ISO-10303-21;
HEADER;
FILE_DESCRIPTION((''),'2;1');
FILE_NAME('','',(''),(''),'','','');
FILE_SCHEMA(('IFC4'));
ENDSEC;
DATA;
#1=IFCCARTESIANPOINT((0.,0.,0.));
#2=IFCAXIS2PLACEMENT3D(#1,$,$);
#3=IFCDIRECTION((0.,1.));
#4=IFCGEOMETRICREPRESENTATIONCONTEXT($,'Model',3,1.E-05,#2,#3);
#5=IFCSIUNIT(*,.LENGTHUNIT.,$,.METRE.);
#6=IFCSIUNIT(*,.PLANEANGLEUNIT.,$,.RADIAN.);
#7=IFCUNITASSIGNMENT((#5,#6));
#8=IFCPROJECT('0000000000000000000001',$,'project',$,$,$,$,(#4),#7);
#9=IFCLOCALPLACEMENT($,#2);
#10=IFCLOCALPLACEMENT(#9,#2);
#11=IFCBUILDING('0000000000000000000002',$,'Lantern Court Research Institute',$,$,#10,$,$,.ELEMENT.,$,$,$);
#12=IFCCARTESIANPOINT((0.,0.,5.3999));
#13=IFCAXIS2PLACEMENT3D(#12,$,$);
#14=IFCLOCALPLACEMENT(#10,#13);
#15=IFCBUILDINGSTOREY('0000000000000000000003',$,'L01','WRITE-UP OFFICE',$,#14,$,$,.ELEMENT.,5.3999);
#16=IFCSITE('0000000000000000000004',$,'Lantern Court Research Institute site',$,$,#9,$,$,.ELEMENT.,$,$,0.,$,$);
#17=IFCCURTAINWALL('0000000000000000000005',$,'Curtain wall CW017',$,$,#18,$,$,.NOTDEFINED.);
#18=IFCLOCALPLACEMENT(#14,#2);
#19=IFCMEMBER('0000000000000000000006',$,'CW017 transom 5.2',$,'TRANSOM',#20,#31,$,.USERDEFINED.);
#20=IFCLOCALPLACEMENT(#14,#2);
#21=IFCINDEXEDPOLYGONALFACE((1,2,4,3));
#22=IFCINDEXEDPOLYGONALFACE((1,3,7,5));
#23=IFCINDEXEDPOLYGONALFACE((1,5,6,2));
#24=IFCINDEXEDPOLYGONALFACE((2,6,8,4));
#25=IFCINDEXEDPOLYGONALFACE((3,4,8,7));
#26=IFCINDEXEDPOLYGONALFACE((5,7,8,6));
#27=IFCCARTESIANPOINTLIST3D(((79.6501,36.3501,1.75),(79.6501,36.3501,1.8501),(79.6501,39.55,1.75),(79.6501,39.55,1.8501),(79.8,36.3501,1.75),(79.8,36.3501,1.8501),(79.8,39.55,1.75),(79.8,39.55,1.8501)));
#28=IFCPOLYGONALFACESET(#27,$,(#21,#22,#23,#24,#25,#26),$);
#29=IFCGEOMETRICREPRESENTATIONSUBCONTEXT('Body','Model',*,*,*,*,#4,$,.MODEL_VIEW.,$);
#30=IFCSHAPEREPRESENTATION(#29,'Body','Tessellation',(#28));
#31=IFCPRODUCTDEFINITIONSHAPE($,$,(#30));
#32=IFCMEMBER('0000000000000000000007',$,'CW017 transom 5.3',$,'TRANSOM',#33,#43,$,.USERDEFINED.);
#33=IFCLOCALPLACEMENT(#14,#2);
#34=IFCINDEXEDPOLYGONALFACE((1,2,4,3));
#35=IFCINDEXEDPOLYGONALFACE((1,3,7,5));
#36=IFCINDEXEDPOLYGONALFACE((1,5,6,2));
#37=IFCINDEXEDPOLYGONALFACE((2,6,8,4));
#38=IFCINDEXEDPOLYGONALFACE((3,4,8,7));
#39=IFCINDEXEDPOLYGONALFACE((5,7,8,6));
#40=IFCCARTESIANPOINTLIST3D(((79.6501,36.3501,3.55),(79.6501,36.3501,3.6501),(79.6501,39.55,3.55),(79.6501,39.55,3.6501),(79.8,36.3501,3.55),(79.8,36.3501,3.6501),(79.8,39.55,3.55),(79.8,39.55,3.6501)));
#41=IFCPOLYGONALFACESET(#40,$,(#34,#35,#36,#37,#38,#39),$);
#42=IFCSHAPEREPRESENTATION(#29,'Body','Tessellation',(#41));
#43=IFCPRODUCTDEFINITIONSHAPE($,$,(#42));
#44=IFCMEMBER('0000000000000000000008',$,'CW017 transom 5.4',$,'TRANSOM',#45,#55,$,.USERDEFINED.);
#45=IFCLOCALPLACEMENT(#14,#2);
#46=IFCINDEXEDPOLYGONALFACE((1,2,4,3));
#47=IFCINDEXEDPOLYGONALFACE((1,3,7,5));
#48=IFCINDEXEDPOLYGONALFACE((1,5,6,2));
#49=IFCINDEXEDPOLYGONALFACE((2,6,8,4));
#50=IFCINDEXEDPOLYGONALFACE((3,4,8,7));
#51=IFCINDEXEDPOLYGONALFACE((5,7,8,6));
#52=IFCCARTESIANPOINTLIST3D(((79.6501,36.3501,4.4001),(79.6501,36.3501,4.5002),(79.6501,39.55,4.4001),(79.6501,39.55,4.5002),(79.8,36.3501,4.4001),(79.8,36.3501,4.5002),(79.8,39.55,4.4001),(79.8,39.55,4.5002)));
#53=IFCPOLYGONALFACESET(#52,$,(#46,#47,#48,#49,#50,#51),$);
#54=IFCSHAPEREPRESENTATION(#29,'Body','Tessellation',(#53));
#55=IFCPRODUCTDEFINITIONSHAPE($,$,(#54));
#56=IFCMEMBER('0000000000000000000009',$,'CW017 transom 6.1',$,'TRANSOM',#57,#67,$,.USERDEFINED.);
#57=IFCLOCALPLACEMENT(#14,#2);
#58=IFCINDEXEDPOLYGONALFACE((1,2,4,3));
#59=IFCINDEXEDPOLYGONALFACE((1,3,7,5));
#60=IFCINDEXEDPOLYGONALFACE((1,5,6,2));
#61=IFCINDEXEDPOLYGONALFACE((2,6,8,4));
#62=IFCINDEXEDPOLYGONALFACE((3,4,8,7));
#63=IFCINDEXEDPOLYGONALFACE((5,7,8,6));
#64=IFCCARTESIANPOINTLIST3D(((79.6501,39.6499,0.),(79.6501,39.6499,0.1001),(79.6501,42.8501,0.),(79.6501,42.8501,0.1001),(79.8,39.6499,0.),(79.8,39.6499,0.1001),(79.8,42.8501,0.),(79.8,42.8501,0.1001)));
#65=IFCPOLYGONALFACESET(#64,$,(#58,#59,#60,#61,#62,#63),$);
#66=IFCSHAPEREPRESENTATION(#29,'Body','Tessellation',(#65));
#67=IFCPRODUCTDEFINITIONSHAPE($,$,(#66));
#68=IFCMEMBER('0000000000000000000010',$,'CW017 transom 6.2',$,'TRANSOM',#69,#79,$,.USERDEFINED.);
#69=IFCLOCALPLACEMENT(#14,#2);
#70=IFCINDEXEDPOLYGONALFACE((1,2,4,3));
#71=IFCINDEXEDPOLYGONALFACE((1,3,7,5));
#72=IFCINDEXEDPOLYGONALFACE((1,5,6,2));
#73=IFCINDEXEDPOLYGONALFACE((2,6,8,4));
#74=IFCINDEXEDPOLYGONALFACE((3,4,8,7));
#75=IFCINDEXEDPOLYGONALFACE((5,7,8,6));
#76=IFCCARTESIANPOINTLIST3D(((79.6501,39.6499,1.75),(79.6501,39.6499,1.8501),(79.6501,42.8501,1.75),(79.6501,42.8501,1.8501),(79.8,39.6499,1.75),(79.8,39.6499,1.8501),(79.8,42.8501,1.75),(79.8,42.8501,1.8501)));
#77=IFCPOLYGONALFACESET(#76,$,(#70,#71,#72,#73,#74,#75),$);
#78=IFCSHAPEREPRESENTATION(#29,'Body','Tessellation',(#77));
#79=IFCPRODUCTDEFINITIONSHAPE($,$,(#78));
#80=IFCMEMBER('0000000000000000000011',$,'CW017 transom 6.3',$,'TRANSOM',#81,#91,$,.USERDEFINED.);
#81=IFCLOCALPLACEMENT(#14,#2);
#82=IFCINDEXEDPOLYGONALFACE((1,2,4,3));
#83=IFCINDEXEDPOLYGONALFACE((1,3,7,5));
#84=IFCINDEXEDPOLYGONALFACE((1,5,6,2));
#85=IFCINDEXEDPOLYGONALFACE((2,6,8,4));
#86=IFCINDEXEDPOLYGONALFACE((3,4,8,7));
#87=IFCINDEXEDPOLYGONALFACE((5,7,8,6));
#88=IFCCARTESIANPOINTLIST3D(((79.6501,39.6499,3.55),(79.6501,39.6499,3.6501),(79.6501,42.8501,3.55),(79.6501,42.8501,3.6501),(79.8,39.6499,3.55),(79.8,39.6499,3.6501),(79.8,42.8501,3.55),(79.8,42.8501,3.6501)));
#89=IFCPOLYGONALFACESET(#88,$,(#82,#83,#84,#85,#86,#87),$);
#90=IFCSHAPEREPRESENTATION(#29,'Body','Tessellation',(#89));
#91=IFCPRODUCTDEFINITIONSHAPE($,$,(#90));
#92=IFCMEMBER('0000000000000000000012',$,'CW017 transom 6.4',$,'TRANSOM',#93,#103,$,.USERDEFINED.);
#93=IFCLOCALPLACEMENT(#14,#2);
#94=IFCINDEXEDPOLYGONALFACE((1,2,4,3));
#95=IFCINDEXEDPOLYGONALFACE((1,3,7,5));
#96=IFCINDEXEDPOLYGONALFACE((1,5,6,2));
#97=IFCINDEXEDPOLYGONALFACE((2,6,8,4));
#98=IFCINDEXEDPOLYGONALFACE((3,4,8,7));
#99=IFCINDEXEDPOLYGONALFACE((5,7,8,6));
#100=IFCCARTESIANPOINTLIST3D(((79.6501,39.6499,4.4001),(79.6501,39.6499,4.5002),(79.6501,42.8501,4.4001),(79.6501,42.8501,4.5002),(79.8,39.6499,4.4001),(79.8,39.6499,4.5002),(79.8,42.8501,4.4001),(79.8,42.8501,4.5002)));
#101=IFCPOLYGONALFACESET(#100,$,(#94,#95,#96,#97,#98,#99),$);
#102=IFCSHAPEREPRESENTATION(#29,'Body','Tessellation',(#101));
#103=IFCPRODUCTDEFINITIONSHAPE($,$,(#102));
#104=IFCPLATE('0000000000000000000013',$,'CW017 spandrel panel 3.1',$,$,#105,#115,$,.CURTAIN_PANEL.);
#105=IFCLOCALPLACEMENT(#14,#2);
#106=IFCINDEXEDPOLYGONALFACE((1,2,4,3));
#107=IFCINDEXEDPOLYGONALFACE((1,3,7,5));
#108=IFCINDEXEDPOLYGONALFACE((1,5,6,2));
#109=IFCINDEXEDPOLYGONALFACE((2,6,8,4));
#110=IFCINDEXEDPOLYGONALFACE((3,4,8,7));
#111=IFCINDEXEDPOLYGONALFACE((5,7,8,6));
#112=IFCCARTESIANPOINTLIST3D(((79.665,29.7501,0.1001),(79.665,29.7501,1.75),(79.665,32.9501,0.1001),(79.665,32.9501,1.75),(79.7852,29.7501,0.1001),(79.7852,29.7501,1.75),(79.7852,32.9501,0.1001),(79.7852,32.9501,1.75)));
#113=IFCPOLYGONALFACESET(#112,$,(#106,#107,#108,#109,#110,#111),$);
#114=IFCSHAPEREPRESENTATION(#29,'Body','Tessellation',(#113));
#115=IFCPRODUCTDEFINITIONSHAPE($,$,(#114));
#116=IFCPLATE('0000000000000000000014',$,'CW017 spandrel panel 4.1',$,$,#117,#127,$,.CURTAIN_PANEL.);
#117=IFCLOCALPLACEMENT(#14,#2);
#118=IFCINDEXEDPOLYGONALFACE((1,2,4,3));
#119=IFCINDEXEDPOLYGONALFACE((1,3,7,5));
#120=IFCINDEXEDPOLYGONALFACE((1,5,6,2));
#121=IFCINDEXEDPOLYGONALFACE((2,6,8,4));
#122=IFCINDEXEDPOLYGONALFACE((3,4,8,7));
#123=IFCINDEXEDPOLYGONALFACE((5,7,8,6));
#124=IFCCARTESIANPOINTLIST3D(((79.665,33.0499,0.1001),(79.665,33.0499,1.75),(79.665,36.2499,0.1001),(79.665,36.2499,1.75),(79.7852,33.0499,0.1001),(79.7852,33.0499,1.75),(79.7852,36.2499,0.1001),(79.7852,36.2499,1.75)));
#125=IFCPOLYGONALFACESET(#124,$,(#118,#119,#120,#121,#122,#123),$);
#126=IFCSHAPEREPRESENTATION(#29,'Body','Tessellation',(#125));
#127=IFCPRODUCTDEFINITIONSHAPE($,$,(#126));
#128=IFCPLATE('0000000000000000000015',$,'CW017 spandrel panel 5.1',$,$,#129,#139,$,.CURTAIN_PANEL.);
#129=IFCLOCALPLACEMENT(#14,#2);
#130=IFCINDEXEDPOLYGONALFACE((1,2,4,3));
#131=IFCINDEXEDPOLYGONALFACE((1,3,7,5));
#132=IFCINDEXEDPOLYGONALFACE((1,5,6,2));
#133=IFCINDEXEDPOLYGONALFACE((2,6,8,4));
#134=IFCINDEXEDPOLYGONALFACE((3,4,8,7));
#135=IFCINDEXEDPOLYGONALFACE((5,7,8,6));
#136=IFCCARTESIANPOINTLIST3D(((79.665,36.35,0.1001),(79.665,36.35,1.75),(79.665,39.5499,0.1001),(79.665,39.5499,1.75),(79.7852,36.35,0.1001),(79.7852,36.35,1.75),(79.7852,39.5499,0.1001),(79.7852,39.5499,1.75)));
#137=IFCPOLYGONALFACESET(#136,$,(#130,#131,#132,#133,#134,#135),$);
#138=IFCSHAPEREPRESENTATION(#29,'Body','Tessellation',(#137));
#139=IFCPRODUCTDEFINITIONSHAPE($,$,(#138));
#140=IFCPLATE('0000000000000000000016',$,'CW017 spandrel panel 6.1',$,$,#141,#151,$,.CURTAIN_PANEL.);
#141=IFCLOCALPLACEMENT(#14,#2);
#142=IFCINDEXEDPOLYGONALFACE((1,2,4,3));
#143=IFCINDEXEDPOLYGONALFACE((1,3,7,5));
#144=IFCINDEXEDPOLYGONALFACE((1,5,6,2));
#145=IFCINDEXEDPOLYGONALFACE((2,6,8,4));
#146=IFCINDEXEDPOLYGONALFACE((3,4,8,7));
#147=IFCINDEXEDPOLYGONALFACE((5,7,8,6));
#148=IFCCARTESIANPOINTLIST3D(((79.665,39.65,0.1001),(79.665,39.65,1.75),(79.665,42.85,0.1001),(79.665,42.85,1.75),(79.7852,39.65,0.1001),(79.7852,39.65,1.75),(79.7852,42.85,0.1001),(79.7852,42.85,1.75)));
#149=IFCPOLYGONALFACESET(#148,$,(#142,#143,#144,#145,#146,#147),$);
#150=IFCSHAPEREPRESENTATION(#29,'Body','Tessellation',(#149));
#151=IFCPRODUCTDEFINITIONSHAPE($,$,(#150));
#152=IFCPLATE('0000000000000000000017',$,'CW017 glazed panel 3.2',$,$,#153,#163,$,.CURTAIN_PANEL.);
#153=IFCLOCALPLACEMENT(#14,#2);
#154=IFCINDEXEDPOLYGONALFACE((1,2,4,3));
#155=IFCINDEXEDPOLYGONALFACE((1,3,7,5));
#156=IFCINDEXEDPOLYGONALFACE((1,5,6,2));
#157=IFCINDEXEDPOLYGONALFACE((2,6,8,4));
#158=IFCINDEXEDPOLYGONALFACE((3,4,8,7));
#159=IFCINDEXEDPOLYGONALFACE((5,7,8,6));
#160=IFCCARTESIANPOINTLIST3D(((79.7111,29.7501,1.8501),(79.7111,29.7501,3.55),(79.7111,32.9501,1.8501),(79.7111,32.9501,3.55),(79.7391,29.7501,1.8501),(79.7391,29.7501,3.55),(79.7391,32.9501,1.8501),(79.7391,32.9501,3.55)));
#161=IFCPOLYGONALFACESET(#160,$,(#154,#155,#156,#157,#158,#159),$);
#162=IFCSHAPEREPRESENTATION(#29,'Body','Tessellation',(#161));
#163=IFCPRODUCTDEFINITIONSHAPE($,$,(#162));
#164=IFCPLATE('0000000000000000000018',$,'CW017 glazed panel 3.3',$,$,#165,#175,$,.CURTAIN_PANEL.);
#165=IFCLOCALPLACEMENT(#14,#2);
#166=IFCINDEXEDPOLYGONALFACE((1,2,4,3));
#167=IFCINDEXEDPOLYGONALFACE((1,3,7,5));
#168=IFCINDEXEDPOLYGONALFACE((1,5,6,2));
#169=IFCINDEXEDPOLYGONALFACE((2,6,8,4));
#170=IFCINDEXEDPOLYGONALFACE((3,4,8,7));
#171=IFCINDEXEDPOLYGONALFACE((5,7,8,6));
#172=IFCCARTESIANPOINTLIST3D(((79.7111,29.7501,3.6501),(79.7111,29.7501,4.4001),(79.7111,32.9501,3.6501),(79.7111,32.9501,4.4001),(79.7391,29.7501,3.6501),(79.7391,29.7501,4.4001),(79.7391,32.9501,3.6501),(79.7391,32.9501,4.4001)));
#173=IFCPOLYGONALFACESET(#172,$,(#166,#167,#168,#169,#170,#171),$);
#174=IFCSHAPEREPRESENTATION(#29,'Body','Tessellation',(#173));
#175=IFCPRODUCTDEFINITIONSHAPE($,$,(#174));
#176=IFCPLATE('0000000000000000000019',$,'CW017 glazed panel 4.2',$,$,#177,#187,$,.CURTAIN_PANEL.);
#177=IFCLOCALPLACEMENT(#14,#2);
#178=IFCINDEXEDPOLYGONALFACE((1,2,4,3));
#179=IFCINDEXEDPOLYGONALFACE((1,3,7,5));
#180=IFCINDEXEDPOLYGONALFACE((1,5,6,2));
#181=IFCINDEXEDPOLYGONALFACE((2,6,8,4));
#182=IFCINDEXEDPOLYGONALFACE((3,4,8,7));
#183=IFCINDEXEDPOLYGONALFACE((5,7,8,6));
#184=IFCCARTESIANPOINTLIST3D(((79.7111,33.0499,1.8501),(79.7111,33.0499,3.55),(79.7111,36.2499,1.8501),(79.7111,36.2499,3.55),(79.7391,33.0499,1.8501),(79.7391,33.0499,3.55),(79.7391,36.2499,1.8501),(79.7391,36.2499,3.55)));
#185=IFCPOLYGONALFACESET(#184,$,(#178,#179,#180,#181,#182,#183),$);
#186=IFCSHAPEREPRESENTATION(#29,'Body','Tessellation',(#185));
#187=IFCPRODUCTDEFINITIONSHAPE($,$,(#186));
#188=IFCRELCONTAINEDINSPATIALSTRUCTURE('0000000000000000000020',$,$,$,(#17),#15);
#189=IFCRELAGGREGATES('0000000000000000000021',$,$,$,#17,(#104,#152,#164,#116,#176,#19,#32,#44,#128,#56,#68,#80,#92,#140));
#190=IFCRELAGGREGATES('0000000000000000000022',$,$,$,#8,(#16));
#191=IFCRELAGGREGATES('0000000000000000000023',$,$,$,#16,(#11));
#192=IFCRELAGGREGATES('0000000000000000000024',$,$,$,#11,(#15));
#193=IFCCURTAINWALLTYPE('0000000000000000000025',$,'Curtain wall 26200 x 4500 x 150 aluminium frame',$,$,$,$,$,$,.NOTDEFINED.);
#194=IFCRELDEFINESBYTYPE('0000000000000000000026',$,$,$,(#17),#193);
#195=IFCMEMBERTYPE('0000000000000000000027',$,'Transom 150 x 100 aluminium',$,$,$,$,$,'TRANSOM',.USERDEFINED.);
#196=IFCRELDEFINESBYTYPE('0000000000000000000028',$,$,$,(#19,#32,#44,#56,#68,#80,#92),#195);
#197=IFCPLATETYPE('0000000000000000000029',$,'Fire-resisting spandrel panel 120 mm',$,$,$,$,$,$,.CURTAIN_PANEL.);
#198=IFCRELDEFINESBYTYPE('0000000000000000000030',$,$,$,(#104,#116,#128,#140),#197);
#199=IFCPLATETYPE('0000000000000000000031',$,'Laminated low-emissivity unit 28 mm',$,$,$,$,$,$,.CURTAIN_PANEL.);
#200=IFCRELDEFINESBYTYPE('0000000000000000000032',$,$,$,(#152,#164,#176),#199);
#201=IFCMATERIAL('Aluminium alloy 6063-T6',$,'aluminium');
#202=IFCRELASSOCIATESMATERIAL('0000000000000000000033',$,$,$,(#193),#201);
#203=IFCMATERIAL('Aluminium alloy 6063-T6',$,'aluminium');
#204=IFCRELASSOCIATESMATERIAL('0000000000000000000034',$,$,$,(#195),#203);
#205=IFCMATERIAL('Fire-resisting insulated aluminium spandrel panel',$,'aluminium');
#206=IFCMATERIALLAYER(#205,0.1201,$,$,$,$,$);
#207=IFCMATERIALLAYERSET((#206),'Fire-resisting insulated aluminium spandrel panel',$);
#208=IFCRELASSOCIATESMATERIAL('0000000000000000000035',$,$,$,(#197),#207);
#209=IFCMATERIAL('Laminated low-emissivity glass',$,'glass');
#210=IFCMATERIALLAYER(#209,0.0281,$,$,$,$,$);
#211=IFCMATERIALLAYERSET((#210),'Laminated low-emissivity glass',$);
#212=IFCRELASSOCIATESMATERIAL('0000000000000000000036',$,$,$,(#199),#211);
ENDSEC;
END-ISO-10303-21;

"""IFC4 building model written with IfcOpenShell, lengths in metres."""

from ifc_helpers import new_model, si_unit, direction, frame, origin, origin_2d, place, context, subcontext, project, spatial, rectangle, extrude, material, layer, layer_set, material_profile, profile_set, type_object, element, aggregate, save


model = new_model("IFC4")

# Units and contexts
model_context = context("Model", 3, precision=1e-05, world=origin(), true_north=direction((0.0, 1.0)))
body_context = subcontext(model_context, "Body", "Model", "MODEL_VIEW")
ifc_project = project(units=[si_unit("LENGTHUNIT", "METRE"), si_unit("PLANEANGLEUNIT", "RADIAN")], contexts=[model_context])

# Site, building, storey
site_placement = place(None, origin())
site = spatial("IfcSite", under=ifc_project, at=site_placement, Name="Lantern Court Research Institute site", CompositionType="ELEMENT", RefElevation=0.0)
building_placement = place(site_placement, origin())
building = spatial("IfcBuilding", under=site, at=building_placement, Name="Lantern Court Research Institute", CompositionType="ELEMENT")
storey_placement = place(building_placement, frame((0.0, 0.0, 5.3999)))
storey = spatial("IfcBuildingStorey", under=building, at=storey_placement, Name="L01", Description="WRITE-UP OFFICE", CompositionType="ELEMENT", Elevation=5.3999)

# Curtain wall, members, plates
ifc_material_1 = material(Name="Aluminium alloy 6063-T6", Category="aluminium")
curtain_wall_type = type_object("IfcCurtainWallType", Name="Curtain wall 26200 x 4500 x 150 aluminium frame", PredefinedType="NOTDEFINED", material=ifc_material_1)
curtain_wall_placement = place(storey_placement, origin())
curtain_wall = element("IfcCurtainWall", 1, at=curtain_wall_placement, inside=storey, type_object=curtain_wall_type, Name="Curtain wall CW017", PredefinedType="NOTDEFINED")
ifc_material_2 = material(Name="Aluminium alloy 6063-T6", Category="aluminium")
ifc_material_profile_1 = material_profile(ifc_material_2, rectangle(XDim=0.1499, YDim=0.1001, at=origin_2d()), Name="Transom 150 x 100")
ifc_profile_set_1 = profile_set([ifc_material_profile_1], Name="Aluminium alloy 6063-T6")
member_type_1 = type_object("IfcMemberType", Name="Transom 150 x 100 aluminium", ElementType="TRANSOM", PredefinedType="USERDEFINED", material=ifc_profile_set_1)
member_1_placement = place(storey_placement, frame((79.7251, 39.55, 1.8), z_axis=(0.0, -1.0, 0.0), x_axis=(1.0, 0.0, 0.0)))
member_1 = element("IfcMember", 2, at=member_1_placement, type_object=member_type_1, Name="CW017 transom 5.2", ObjectType="TRANSOM", PredefinedType="USERDEFINED", context=body_context, shape_type="SweptSolid", body=[
    extrude(rectangle(XDim=0.1499, YDim=0.1001, at=origin_2d()), origin(), (0.0, 0.0, 1.0), 3.2),
])
member_2_placement = place(storey_placement, frame((79.7251, 39.55, 3.6001), z_axis=(0.0, -1.0, 0.0), x_axis=(1.0, 0.0, 0.0)))
member_2 = element("IfcMember", 3, at=member_2_placement, type_object=member_type_1, Name="CW017 transom 5.3", ObjectType="TRANSOM", PredefinedType="USERDEFINED", context=body_context, shape_type="SweptSolid", body=[
    extrude(rectangle(XDim=0.1499, YDim=0.1001, at=origin_2d()), origin(), (0.0, 0.0, 1.0), 3.2),
])
member_3_placement = place(storey_placement, frame((79.7251, 39.55, 4.4502), z_axis=(0.0, -1.0, 0.0), x_axis=(1.0, 0.0, 0.0)))
member_3 = element("IfcMember", 4, at=member_3_placement, type_object=member_type_1, Name="CW017 transom 5.4", ObjectType="TRANSOM", PredefinedType="USERDEFINED", context=body_context, shape_type="SweptSolid", body=[
    extrude(rectangle(XDim=0.1499, YDim=0.1001, at=origin_2d()), origin(), (0.0, 0.0, 1.0), 3.2),
])
member_4_placement = place(storey_placement, frame((79.7251, 42.8501, 0.05), z_axis=(0.0, -1.0, 0.0), x_axis=(1.0, 0.0, 0.0)))
member_4 = element("IfcMember", 5, at=member_4_placement, type_object=member_type_1, Name="CW017 transom 6.1", ObjectType="TRANSOM", PredefinedType="USERDEFINED", context=body_context, shape_type="SweptSolid", body=[
    extrude(rectangle(XDim=0.1499, YDim=0.1001, at=origin_2d()), origin(), (0.0, 0.0, 1.0), 3.2002),
])
member_5_placement = place(storey_placement, frame((79.7251, 42.8501, 1.8), z_axis=(0.0, -1.0, 0.0), x_axis=(1.0, 0.0, 0.0)))
member_5 = element("IfcMember", 6, at=member_5_placement, type_object=member_type_1, Name="CW017 transom 6.2", ObjectType="TRANSOM", PredefinedType="USERDEFINED", context=body_context, shape_type="SweptSolid", body=[
    extrude(rectangle(XDim=0.1499, YDim=0.1001, at=origin_2d()), origin(), (0.0, 0.0, 1.0), 3.2002),
])
member_6_placement = place(storey_placement, frame((79.7251, 42.8501, 3.6001), z_axis=(0.0, -1.0, 0.0), x_axis=(1.0, 0.0, 0.0)))
member_6 = element("IfcMember", 7, at=member_6_placement, type_object=member_type_1, Name="CW017 transom 6.3", ObjectType="TRANSOM", PredefinedType="USERDEFINED", context=body_context, shape_type="SweptSolid", body=[
    extrude(rectangle(XDim=0.1499, YDim=0.1001, at=origin_2d()), origin(), (0.0, 0.0, 1.0), 3.2002),
])
member_7_placement = place(storey_placement, frame((79.7251, 42.8501, 4.4502), z_axis=(0.0, -1.0, 0.0), x_axis=(1.0, 0.0, 0.0)))
member_7 = element("IfcMember", 8, at=member_7_placement, type_object=member_type_1, Name="CW017 transom 6.4", ObjectType="TRANSOM", PredefinedType="USERDEFINED", context=body_context, shape_type="SweptSolid", body=[
    extrude(rectangle(XDim=0.1499, YDim=0.1001, at=origin_2d()), origin(), (0.0, 0.0, 1.0), 3.2002),
])
ifc_material_3 = material(Name="Fire-resisting insulated aluminium spandrel panel", Category="aluminium")
ifc_layer_1 = layer(ifc_material_3, 0.1201)
ifc_layer_set_1 = layer_set([ifc_layer_1], Name="Fire-resisting insulated aluminium spandrel panel")
plate_type_1 = type_object("IfcPlateType", Name="Fire-resisting spandrel panel 120 mm", PredefinedType="CURTAIN_PANEL", material=ifc_layer_set_1)
plate_1_placement = place(storey_placement, frame((79.7251, 31.3501, 0.1001), z_axis=(0.0, 0.0, 1.0), x_axis=(0.0, -1.0, 0.0)))
plate_1 = element("IfcPlate", 9, at=plate_1_placement, type_object=plate_type_1, Name="CW017 spandrel panel 3.1", PredefinedType="CURTAIN_PANEL", context=body_context, shape_type="SweptSolid", body=[
    extrude(rectangle(XDim=3.2, YDim=0.1201, at=origin_2d()), origin(), (0.0, 0.0, 1.0), 1.6499),
])
plate_2_placement = place(storey_placement, frame((79.7251, 34.6499, 0.1001), z_axis=(0.0, 0.0, 1.0), x_axis=(0.0, -1.0, 0.0)))
plate_2 = element("IfcPlate", 10, at=plate_2_placement, type_object=plate_type_1, Name="CW017 spandrel panel 4.1", PredefinedType="CURTAIN_PANEL", context=body_context, shape_type="SweptSolid", body=[
    extrude(rectangle(XDim=3.2, YDim=0.1201, at=origin_2d()), origin(), (0.0, 0.0, 1.0), 1.6499),
])
plate_3_placement = place(storey_placement, frame((79.7251, 37.95, 0.1001), z_axis=(0.0, 0.0, 1.0), x_axis=(0.0, -1.0, 0.0)))
plate_3 = element("IfcPlate", 11, at=plate_3_placement, type_object=plate_type_1, Name="CW017 spandrel panel 5.1", PredefinedType="CURTAIN_PANEL", context=body_context, shape_type="SweptSolid", body=[
    extrude(rectangle(XDim=3.2, YDim=0.1201, at=origin_2d()), origin(), (0.0, 0.0, 1.0), 1.6499),
])
plate_4_placement = place(storey_placement, frame((79.7251, 41.25, 0.1001), z_axis=(0.0, 0.0, 1.0), x_axis=(0.0, -1.0, 0.0)))
plate_4 = element("IfcPlate", 12, at=plate_4_placement, type_object=plate_type_1, Name="CW017 spandrel panel 6.1", PredefinedType="CURTAIN_PANEL", context=body_context, shape_type="SweptSolid", body=[
    extrude(rectangle(XDim=3.2, YDim=0.1201, at=origin_2d()), origin(), (0.0, 0.0, 1.0), 1.6499),
])
ifc_material_4 = material(Name="Laminated low-emissivity glass", Category="glass")
ifc_layer_2 = layer(ifc_material_4, 0.0281)
ifc_layer_set_2 = layer_set([ifc_layer_2], Name="Laminated low-emissivity glass")
plate_type_2 = type_object("IfcPlateType", Name="Laminated low-emissivity unit 28 mm", PredefinedType="CURTAIN_PANEL", material=ifc_layer_set_2)
plate_5_placement = place(storey_placement, frame((79.7251, 31.3501, 1.8501), z_axis=(0.0, 0.0, 1.0), x_axis=(0.0, -1.0, 0.0)))
plate_5 = element("IfcPlate", 13, at=plate_5_placement, type_object=plate_type_2, Name="CW017 glazed panel 3.2", PredefinedType="CURTAIN_PANEL", context=body_context, shape_type="SweptSolid", body=[
    extrude(rectangle(XDim=3.2, YDim=0.0281, at=origin_2d()), origin(), (0.0, 0.0, 1.0), 1.7),
])
plate_6_placement = place(storey_placement, frame((79.7251, 31.3501, 3.6501), z_axis=(0.0, 0.0, 1.0), x_axis=(0.0, -1.0, 0.0)))
plate_6 = element("IfcPlate", 14, at=plate_6_placement, type_object=plate_type_2, Name="CW017 glazed panel 3.3", PredefinedType="CURTAIN_PANEL", context=body_context, shape_type="SweptSolid", body=[
    extrude(rectangle(XDim=3.2, YDim=0.0281, at=origin_2d()), origin(), (0.0, 0.0, 1.0), 0.75),
])
plate_7_placement = place(storey_placement, frame((79.7251, 34.6499, 1.8501), z_axis=(0.0, 0.0, 1.0), x_axis=(0.0, -1.0, 0.0)))
plate_7 = element("IfcPlate", 15, at=plate_7_placement, type_object=plate_type_2, Name="CW017 glazed panel 4.2", PredefinedType="CURTAIN_PANEL", context=body_context, shape_type="SweptSolid", body=[
    extrude(rectangle(XDim=3.2, YDim=0.0281, at=origin_2d()), origin(), (0.0, 0.0, 1.0), 1.7),
])
aggregate(curtain_wall, [plate_1, plate_5, plate_6, plate_2, plate_7, member_1, member_2, member_3, plate_3, member_4, member_5, member_6, member_7, plate_4])

save(model, "model.ifc")
